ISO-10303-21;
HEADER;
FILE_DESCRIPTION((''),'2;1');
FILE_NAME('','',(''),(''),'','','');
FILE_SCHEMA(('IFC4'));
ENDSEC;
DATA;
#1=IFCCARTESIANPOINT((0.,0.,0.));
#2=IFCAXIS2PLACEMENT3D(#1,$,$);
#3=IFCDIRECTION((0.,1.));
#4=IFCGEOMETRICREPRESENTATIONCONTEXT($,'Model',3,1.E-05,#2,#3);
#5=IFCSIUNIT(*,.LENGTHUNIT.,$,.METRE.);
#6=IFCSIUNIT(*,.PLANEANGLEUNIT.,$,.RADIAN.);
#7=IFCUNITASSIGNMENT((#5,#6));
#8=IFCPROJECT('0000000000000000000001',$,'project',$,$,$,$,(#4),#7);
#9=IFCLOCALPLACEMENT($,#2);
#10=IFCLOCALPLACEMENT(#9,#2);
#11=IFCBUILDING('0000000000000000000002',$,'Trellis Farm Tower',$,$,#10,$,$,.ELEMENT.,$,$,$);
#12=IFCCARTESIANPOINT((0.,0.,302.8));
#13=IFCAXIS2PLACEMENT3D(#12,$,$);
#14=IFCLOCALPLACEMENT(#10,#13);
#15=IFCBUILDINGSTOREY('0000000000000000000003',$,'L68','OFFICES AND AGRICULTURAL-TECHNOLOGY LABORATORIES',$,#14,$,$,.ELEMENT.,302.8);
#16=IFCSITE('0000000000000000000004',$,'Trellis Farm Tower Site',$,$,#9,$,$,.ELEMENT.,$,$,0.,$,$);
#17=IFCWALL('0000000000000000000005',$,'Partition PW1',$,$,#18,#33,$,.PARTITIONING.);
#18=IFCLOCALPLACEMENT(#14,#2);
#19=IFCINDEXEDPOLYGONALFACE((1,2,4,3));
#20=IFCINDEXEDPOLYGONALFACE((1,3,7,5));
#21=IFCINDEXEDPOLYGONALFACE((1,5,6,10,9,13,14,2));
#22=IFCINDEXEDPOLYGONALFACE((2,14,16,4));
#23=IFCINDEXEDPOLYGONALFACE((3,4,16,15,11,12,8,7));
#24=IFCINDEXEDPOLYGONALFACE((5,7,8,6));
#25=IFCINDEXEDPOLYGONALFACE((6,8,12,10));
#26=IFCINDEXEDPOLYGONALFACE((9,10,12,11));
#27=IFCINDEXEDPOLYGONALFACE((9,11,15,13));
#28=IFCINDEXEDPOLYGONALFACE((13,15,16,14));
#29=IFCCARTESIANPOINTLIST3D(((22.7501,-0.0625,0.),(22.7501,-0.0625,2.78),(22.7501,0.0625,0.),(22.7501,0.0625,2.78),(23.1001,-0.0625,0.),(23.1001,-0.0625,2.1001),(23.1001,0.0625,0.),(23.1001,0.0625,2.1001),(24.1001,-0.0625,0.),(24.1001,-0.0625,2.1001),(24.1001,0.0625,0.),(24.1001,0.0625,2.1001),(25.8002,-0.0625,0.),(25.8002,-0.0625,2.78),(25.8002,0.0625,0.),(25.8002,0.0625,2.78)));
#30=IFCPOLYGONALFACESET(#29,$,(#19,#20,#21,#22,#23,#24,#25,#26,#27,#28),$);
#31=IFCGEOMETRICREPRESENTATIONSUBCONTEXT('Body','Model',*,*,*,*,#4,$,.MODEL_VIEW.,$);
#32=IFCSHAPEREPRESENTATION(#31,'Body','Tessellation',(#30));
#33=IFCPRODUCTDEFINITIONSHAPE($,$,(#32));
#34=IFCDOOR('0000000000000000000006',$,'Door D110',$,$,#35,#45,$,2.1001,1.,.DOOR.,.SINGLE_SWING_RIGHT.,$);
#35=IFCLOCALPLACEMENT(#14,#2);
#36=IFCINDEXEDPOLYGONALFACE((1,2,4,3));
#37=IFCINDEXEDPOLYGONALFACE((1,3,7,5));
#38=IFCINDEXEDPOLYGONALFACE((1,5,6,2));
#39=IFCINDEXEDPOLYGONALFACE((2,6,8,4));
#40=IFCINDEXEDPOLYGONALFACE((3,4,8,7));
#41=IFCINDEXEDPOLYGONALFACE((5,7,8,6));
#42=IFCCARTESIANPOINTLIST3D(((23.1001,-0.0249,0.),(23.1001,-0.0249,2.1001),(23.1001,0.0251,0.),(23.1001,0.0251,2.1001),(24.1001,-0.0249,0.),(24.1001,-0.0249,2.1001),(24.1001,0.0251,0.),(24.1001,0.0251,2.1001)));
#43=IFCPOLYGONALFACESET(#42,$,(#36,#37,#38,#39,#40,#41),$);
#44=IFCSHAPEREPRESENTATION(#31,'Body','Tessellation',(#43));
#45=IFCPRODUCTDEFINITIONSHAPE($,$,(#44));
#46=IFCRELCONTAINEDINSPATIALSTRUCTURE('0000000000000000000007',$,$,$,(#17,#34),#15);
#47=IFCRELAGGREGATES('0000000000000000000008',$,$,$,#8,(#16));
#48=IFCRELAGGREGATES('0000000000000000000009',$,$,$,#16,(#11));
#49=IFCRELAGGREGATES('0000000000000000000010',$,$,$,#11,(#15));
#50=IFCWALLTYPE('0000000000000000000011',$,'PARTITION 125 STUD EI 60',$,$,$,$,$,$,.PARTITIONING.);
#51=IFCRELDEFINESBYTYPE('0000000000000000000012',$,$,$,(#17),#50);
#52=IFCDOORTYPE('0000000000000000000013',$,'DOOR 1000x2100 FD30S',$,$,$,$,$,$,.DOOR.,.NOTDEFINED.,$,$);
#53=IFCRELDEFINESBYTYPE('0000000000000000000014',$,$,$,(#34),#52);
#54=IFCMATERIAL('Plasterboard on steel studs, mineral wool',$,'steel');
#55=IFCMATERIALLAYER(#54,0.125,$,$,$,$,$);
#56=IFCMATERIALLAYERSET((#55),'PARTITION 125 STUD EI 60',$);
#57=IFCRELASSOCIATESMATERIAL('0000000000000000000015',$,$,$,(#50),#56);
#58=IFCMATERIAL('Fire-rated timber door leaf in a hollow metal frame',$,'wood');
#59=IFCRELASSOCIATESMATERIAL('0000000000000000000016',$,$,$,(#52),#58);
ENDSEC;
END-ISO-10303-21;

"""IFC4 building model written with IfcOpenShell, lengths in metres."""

from ifc_helpers import new_model, si_unit, direction, frame, frame_2d, origin, place, context, subcontext, project, spatial, rectangle, extrude, source, transform, mapped, material, layer, layer_set, type_object, element, fill, save


model = new_model("IFC4")

# Units and contexts
model_context = context("Model", 3, precision=1e-05, world=origin(), true_north=direction((0.0, 1.0)))
body_context = subcontext(model_context, "Body", "Model", "MODEL_VIEW")
ifc_project = project(units=[si_unit("LENGTHUNIT", "METRE"), si_unit("PLANEANGLEUNIT", "RADIAN")], contexts=[model_context])

# Site, building, storey
site_placement = place(None, origin())
site = spatial("IfcSite", under=ifc_project, at=site_placement, Name="Trellis Farm Tower Site", CompositionType="ELEMENT", RefElevation=0.0)
building_placement = place(site_placement, origin())
building = spatial("IfcBuilding", under=site, at=building_placement, Name="Trellis Farm Tower", CompositionType="ELEMENT")
storey_placement = place(building_placement, frame((0.0, 0.0, 302.8)))
storey = spatial("IfcBuildingStorey", under=building, at=storey_placement, Name="L68", Description="OFFICES AND AGRICULTURAL-TECHNOLOGY LABORATORIES", CompositionType="ELEMENT", Elevation=302.8)

# Wall, opening, door
ifc_material_1 = material(Name="Plasterboard on steel studs, mineral wool", Category="steel")
ifc_layer_1 = layer(ifc_material_1, 0.125)
ifc_layer_set_1 = layer_set([ifc_layer_1], Name="PARTITION 125 STUD EI 60")
wall_type_1 = type_object("IfcWallType", Name="PARTITION 125 STUD EI 60", PredefinedType="PARTITIONING", material=ifc_layer_set_1)
shared_shape_1 = source(origin(), body_context, "Body", "SweptSolid", [
    extrude(rectangle(XDim=3.05, YDim=0.125, at=frame_2d((1.5249, 0.0))), origin(), (0.0, 0.0, 1.0), 2.78),
])
wall_1_placement = place(storey_placement, frame((25.8, 0.0, 0.0), z_axis=(0.0, 0.0, 1.0), x_axis=(-1.0, 0.0, 0.0)))
wall_1 = element("IfcWall", 1, at=wall_1_placement, inside=storey, type_object=wall_type_1, Name="Partition PW1", PredefinedType="PARTITIONING", context=body_context, shape_type="MappedRepresentation", body=[
    mapped(shared_shape_1, transform((0.0, 0.0, 0.0))),
])
shared_shape_2 = source(origin(), body_context, "Body", "SweptSolid", [
    extrude(rectangle(XDim=1.0, YDim=2.1001, at=frame_2d((0.5, 1.05))), frame((0.0, 0.0725, 0.0), z_axis=(0.0, -1.0, 0.0), x_axis=(1.0, 0.0, 0.0)), (0.0, 0.0, 1.0), 0.145),
])
opening_1_placement = place(wall_1_placement, frame((1.7, 0.0, 0.0)))
opening_1 = element("IfcOpeningElement", 2, at=opening_1_placement, cuts=wall_1, PredefinedType="OPENING", context=body_context, shape_type="MappedRepresentation", body=[
    mapped(shared_shape_2, transform((0.0, 0.0, 0.0))),
])
ifc_material_2 = material(Name="Fire-rated timber door leaf in a hollow metal frame", Category="wood")
door_type_1 = type_object("IfcDoorType", Name="DOOR 1000x2100 FD30S", OperationType="NOTDEFINED", PredefinedType="DOOR", material=ifc_material_2)
shared_shape_3 = source(origin(), body_context, "Body", "SweptSolid", [
    extrude(rectangle(XDim=1.0, YDim=2.1001, at=frame_2d((0.5, 1.05))), frame((0.0, 0.0249, 0.0), z_axis=(0.0, -1.0, 0.0), x_axis=(1.0, 0.0, 0.0)), (0.0, 0.0, 1.0), 0.05),
])
door_1_placement = place(opening_1_placement, origin())
door_1 = element("IfcDoor", 3, at=door_1_placement, inside=storey, type_object=door_type_1, Name="Door D110", OperationType="SINGLE_SWING_RIGHT", OverallHeight=2.1001, OverallWidth=1.0, PredefinedType="DOOR", context=body_context, shape_type="MappedRepresentation", body=[
    mapped(shared_shape_3, transform((0.0, 0.0, 0.0))),
])
fill(opening_1, door_1)

save(model, "model.ifc")
